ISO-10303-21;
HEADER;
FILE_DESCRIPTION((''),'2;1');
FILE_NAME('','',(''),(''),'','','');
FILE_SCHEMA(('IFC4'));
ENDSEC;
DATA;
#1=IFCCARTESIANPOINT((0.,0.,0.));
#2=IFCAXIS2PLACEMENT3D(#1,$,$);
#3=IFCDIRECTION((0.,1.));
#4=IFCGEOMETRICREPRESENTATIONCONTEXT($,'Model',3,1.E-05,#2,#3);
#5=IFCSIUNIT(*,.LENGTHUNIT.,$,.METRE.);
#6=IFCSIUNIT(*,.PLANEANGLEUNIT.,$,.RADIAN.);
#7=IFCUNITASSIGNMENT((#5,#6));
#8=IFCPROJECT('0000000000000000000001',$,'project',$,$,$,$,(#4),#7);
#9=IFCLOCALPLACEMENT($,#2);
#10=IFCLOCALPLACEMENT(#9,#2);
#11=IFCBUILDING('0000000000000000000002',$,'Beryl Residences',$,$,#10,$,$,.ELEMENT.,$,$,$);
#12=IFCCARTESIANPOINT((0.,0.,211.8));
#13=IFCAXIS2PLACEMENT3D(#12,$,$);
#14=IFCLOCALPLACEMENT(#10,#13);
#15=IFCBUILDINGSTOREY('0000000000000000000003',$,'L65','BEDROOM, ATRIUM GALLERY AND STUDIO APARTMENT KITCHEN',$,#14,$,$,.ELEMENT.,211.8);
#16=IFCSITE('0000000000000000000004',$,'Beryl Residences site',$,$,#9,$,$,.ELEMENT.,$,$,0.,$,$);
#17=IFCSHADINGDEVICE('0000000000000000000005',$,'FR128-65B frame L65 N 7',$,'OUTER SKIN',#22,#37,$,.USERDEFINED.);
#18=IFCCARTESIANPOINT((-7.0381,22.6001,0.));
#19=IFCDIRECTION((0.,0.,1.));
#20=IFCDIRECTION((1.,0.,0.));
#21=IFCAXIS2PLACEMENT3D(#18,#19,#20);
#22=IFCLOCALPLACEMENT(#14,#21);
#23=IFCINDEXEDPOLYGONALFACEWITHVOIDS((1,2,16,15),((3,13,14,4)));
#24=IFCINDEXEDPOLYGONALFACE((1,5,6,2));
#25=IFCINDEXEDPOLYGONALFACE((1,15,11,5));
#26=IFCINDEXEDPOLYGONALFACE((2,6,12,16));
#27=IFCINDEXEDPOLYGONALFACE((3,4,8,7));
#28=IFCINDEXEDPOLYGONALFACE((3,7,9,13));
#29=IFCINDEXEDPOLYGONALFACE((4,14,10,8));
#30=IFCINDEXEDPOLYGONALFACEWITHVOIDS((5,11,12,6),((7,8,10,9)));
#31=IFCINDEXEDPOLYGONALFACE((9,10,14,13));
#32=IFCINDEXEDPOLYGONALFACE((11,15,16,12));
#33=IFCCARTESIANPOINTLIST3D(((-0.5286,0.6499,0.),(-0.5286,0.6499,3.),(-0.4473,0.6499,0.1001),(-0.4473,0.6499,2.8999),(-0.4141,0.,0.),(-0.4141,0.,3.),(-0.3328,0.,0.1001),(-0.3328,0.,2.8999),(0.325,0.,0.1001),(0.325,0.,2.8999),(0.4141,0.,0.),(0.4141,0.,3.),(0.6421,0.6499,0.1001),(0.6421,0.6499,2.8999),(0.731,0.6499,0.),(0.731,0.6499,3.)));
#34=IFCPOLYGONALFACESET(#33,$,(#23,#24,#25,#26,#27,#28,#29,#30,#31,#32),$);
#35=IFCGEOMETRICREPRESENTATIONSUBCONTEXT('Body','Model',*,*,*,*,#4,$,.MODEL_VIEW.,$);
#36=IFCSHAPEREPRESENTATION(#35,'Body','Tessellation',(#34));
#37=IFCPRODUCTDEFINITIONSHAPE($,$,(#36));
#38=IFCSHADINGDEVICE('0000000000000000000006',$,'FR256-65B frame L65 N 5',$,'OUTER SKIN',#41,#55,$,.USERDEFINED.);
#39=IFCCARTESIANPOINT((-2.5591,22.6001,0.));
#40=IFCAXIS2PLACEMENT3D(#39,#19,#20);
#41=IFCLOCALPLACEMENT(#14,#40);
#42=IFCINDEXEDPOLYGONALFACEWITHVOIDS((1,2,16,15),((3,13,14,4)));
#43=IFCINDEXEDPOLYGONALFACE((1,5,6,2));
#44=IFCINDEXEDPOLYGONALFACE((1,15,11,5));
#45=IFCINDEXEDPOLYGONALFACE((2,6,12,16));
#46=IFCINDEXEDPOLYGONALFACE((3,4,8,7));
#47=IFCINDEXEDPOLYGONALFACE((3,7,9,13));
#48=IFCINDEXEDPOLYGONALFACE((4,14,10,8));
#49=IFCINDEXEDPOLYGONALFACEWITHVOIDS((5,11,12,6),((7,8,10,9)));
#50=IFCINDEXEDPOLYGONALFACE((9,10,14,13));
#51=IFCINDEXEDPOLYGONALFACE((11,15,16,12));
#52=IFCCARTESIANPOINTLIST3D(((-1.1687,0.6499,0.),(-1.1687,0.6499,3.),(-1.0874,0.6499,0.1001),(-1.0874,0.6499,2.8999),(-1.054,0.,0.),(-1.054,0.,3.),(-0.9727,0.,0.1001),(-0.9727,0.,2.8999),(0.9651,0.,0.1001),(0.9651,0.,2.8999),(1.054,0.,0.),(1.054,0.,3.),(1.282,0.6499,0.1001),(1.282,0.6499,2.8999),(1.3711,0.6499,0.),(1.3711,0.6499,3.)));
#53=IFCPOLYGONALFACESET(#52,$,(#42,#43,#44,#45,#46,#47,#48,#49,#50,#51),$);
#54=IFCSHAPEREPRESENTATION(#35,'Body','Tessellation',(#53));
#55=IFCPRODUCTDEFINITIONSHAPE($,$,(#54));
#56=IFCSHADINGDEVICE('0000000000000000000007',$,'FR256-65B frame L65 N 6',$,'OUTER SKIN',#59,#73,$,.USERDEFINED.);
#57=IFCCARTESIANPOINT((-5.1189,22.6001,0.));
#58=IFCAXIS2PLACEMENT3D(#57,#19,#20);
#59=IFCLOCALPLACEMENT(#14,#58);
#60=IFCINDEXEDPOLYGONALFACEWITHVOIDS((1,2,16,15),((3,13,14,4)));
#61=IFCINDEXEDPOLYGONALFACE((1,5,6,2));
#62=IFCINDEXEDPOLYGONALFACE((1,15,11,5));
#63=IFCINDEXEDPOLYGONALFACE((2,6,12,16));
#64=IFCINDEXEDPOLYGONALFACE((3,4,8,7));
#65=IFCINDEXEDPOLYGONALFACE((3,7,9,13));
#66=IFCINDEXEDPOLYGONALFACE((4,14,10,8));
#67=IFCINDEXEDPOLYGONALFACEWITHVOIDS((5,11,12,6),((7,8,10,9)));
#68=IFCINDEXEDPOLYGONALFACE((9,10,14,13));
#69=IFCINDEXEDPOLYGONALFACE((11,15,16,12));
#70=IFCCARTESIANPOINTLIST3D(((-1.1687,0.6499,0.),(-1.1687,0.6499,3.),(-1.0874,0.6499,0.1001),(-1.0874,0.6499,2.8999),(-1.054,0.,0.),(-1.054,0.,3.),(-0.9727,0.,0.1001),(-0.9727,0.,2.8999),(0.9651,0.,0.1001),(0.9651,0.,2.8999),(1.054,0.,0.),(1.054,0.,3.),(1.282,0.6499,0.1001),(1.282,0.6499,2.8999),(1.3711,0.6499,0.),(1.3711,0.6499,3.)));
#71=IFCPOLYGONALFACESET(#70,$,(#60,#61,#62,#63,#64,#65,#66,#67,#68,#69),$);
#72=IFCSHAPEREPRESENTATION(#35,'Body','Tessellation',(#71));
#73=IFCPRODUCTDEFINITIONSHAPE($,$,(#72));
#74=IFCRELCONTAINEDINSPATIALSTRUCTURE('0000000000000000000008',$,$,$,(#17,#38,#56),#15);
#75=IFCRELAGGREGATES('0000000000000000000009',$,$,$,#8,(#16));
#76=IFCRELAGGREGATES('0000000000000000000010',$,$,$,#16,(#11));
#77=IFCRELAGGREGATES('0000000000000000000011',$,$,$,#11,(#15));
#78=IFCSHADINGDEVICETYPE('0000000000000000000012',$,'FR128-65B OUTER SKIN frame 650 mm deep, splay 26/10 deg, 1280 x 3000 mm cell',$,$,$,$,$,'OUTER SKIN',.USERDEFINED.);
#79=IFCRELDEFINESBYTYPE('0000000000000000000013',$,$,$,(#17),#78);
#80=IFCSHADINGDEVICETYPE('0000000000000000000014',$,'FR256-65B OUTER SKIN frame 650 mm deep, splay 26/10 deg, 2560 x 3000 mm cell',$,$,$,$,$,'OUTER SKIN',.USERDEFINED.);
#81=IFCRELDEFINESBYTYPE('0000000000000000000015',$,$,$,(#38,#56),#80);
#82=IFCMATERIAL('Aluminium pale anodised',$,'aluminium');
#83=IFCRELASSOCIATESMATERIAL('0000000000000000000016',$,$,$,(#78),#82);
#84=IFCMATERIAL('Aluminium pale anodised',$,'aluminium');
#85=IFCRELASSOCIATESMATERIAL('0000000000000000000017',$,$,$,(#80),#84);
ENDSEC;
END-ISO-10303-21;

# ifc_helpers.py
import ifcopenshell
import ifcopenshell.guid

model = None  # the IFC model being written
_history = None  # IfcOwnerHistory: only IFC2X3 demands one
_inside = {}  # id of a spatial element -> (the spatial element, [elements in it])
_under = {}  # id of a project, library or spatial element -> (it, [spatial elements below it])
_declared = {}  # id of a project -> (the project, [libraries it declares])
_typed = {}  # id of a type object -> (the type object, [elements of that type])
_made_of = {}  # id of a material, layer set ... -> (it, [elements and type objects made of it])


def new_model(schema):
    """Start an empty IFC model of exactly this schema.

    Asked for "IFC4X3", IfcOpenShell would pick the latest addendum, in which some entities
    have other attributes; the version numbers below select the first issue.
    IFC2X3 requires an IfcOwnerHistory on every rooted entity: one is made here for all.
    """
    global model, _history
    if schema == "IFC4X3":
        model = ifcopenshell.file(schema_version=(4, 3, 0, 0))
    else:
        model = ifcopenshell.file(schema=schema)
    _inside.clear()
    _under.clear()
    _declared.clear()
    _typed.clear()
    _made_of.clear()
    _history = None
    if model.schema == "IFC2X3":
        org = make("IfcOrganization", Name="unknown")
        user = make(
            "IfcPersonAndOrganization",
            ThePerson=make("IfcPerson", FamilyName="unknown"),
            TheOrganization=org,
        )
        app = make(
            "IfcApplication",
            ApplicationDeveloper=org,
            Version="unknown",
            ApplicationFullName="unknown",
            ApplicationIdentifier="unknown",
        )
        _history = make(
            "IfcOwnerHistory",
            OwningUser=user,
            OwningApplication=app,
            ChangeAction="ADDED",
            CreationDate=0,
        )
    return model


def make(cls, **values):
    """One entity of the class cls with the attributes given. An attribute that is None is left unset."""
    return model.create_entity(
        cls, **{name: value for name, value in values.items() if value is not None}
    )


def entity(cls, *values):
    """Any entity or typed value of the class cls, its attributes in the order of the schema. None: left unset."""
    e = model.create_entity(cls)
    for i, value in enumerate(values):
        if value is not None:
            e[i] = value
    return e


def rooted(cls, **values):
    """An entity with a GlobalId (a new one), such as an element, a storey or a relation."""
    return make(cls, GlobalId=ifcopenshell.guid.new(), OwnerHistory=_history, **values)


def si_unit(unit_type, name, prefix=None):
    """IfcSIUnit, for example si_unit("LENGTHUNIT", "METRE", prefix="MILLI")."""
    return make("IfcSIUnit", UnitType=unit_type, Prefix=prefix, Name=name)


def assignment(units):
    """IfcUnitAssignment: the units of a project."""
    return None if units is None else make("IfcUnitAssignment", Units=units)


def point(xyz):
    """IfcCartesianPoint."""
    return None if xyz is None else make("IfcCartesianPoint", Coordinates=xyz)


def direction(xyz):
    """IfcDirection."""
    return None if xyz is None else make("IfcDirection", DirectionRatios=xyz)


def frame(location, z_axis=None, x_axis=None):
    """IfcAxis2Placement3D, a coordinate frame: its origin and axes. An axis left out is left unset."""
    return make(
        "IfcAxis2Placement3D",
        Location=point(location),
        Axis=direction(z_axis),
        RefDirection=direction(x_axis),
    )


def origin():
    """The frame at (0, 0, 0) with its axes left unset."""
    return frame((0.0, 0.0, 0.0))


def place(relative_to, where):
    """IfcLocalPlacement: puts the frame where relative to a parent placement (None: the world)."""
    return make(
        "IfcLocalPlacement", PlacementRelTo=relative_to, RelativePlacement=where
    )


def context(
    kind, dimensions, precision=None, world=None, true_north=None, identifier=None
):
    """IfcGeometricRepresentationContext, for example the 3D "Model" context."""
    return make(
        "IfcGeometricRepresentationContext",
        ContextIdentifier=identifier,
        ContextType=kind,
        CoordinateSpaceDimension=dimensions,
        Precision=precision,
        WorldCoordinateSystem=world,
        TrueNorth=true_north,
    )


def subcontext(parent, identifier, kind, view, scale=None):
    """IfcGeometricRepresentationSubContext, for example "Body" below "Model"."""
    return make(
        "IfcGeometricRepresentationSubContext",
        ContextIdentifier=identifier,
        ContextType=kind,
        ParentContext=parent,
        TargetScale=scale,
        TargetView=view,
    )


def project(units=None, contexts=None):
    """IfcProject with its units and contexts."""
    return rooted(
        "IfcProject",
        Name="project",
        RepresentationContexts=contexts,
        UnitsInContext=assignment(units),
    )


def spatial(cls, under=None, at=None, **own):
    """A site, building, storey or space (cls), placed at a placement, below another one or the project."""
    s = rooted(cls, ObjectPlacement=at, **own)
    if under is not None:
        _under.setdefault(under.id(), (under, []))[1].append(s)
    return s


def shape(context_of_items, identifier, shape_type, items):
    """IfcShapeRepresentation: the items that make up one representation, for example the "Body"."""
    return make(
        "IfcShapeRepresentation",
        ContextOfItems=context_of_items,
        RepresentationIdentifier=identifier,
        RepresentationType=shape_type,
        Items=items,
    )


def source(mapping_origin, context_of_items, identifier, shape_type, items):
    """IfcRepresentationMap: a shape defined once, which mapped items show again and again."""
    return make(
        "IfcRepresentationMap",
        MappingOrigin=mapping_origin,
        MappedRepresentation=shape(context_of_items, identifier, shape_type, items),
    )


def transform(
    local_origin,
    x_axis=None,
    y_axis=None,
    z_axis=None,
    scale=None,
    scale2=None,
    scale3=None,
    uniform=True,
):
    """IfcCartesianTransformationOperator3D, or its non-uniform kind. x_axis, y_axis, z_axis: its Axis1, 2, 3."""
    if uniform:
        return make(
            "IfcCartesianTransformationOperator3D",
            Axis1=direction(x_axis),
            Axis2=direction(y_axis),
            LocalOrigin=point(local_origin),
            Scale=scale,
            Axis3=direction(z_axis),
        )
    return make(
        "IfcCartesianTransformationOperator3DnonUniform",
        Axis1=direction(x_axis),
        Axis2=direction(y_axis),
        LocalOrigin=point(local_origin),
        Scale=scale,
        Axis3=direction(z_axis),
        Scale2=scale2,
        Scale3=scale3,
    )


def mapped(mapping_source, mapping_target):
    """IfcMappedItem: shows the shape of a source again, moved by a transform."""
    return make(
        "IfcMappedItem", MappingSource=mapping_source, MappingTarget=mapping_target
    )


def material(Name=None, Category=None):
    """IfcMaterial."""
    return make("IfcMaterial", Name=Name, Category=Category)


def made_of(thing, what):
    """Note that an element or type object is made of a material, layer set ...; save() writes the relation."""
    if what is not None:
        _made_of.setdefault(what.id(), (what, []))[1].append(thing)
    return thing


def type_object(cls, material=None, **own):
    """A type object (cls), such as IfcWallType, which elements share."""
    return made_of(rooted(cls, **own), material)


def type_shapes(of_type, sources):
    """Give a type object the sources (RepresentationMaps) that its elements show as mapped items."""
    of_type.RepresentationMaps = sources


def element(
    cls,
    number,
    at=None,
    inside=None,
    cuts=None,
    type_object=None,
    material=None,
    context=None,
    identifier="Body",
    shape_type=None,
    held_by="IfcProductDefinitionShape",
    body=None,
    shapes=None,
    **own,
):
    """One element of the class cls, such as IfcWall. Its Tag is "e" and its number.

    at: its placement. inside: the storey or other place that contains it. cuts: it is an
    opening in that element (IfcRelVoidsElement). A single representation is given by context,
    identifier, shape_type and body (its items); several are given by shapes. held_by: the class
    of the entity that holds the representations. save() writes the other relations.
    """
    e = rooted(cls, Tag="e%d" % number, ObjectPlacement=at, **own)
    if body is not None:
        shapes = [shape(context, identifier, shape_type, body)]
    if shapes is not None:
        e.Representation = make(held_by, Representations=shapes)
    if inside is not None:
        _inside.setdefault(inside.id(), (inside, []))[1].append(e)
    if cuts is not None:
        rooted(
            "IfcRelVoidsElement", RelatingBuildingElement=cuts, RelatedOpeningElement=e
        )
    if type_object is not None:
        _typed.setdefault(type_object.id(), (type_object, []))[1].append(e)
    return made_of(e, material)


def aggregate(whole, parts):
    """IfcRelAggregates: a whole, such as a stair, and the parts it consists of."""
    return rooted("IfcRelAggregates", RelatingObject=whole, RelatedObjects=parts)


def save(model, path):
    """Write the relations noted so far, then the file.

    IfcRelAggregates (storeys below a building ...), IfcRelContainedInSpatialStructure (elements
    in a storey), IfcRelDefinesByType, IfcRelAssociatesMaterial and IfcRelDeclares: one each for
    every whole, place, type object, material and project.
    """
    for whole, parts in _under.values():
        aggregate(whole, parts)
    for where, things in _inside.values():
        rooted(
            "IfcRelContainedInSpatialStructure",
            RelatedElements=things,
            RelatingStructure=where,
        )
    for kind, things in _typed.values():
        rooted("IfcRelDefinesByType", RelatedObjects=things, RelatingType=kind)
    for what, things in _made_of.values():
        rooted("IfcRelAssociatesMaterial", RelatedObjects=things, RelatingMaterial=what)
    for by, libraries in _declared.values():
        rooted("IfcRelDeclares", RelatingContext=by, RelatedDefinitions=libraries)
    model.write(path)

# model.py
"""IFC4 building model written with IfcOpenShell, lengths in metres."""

from ifc_helpers import new_model, entity, si_unit, direction, frame, origin, place, context, subcontext, project, spatial, source, transform, mapped, material, type_object, type_shapes, element, save


model = new_model("IFC4")

# Units and contexts
model_context = context("Model", 3, precision=1e-05, world=origin(), true_north=direction((0.0, 1.0)))
body_context = subcontext(model_context, "Body", "Model", "MODEL_VIEW")
ifc_project = project(units=[si_unit("LENGTHUNIT", "METRE"), si_unit("PLANEANGLEUNIT", "RADIAN")], contexts=[model_context])

# Site, building, storey
site_placement = place(None, origin())
site = spatial("IfcSite", under=ifc_project, at=site_placement, Name="Beryl Residences site", CompositionType="ELEMENT", RefElevation=0.0)
building_placement = place(site_placement, origin())
building = spatial("IfcBuilding", under=site, at=building_placement, Name="Beryl Residences", CompositionType="ELEMENT")
storey_placement = place(building_placement, frame((0.0, 0.0, 211.8)))
storey = spatial("IfcBuildingStorey", under=building, at=storey_placement, Name="L65", Description="BEDROOM, ATRIUM GALLERY AND STUDIO APARTMENT KITCHEN", CompositionType="ELEMENT", Elevation=211.8)

# Shading devices
ifc_material_1 = material(Name="Aluminium pale anodised", Category="aluminium")
shading_device_type_1 = type_object("IfcShadingDeviceType", Name="FR128-65B OUTER SKIN frame 650 mm deep, splay 26/10 deg, 1280 x 3000 mm cell", ElementType="OUTER SKIN", PredefinedType="USERDEFINED", material=ifc_material_1)
cartesian_point_1 = entity("IfcCartesianPoint", [-0.4141, 0.0])
cartesian_point_2 = entity("IfcCartesianPoint", [-0.325, 0.1001])
cartesian_point_3 = entity("IfcCartesianPoint", [-0.731, 0.0])
cartesian_point_4 = entity("IfcCartesianPoint", [-0.6421, 0.1001])
shared_shape_1 = source(origin(), body_context, "Body", "SweptSolid", [
    entity("IfcExtrudedAreaSolidTapered", entity("IfcArbitraryProfileDefWithVoids", "AREA", None, entity("IfcPolyline", [cartesian_point_1, entity("IfcCartesianPoint", [0.4141, 0.0]), entity("IfcCartesianPoint", [0.4141, 3.0]), entity("IfcCartesianPoint", [-0.4141, 3.0]), cartesian_point_1]), [entity("IfcPolyline", [cartesian_point_2, entity("IfcCartesianPoint", [0.3328, 0.1001]), entity("IfcCartesianPoint", [0.3328, 2.8999]), entity("IfcCartesianPoint", [-0.325, 2.8999]), cartesian_point_2])]), entity("IfcAxis2Placement3D", entity("IfcCartesianPoint", [0.0, 0.0, 0.0]), entity("IfcDirection", [0.0, 1.0, 0.0]), entity("IfcDirection", [-1.0, 0.0, 0.0])), entity("IfcDirection", [0.0, 0.0, 1.0]), 0.6499, entity("IfcArbitraryProfileDefWithVoids", "AREA", None, entity("IfcPolyline", [cartesian_point_3, entity("IfcCartesianPoint", [0.5286, 0.0]), entity("IfcCartesianPoint", [0.5286, 3.0]), entity("IfcCartesianPoint", [-0.731, 3.0]), cartesian_point_3]), [entity("IfcPolyline", [cartesian_point_4, entity("IfcCartesianPoint", [0.4473, 0.1001]), entity("IfcCartesianPoint", [0.4473, 2.8999]), entity("IfcCartesianPoint", [-0.6421, 2.8999]), cartesian_point_4])])),
])
type_shapes(shading_device_type_1, [shared_shape_1])
shading_device_placement = place(storey_placement, frame((-7.0381, 22.6001, 0.0), z_axis=(0.0, 0.0, 1.0), x_axis=(1.0, 0.0, 0.0)))
element("IfcShadingDevice", 1, at=shading_device_placement, inside=storey, type_object=shading_device_type_1, Name="FR128-65B frame L65 N 7", ObjectType="OUTER SKIN", PredefinedType="USERDEFINED", context=body_context, shape_type="MappedRepresentation", body=[
    mapped(shared_shape_1, transform((0.0, 0.0, 0.0))),
])
ifc_material_2 = material(Name="Aluminium pale anodised", Category="aluminium")
shading_device_type_2 = type_object("IfcShadingDeviceType", Name="FR256-65B OUTER SKIN frame 650 mm deep, splay 26/10 deg, 2560 x 3000 mm cell", ElementType="OUTER SKIN", PredefinedType="USERDEFINED", material=ifc_material_2)
cartesian_point_5 = entity("IfcCartesianPoint", [-1.054, 0.0])
cartesian_point_6 = entity("IfcCartesianPoint", [-0.9651, 0.1001])
cartesian_point_7 = entity("IfcCartesianPoint", [-1.3711, 0.0])
cartesian_point_8 = entity("IfcCartesianPoint", [-1.282, 0.1001])
shared_shape_2 = source(origin(), body_context, "Body", "SweptSolid", [
    entity("IfcExtrudedAreaSolidTapered", entity("IfcArbitraryProfileDefWithVoids", "AREA", None, entity("IfcPolyline", [cartesian_point_5, entity("IfcCartesianPoint", [1.054, 0.0]), entity("IfcCartesianPoint", [1.054, 3.0]), entity("IfcCartesianPoint", [-1.054, 3.0]), cartesian_point_5]), [entity("IfcPolyline", [cartesian_point_6, entity("IfcCartesianPoint", [0.9727, 0.1001]), entity("IfcCartesianPoint", [0.9727, 2.8999]), entity("IfcCartesianPoint", [-0.9651, 2.8999]), cartesian_point_6])]), entity("IfcAxis2Placement3D", entity("IfcCartesianPoint", [0.0, 0.0, 0.0]), entity("IfcDirection", [0.0, 1.0, 0.0]), entity("IfcDirection", [-1.0, 0.0, 0.0])), entity("IfcDirection", [0.0, 0.0, 1.0]), 0.6499, entity("IfcArbitraryProfileDefWithVoids", "AREA", None, entity("IfcPolyline", [cartesian_point_7, entity("IfcCartesianPoint", [1.1687, 0.0]), entity("IfcCartesianPoint", [1.1687, 3.0]), entity("IfcCartesianPoint", [-1.3711, 3.0]), cartesian_point_7]), [entity("IfcPolyline", [cartesian_point_8, entity("IfcCartesianPoint", [1.0874, 0.1001]), entity("IfcCartesianPoint", [1.0874, 2.8999]), entity("IfcCartesianPoint", [-1.282, 2.8999]), cartesian_point_8])])),
])
type_shapes(shading_device_type_2, [shared_shape_2])
for number, where, z_axis, x_axis, name in (
    (2, (-2.5591, 22.6001, 0.0), (0.0, 0.0, 1.0), (1.0, 0.0, 0.0), "FR256-65B frame L65 N 5"),
    (3, (-5.1189, 22.6001, 0.0), (0.0, 0.0, 1.0), (1.0, 0.0, 0.0), "FR256-65B frame L65 N 6"),
):
    element("IfcShadingDevice", number, at=place(storey_placement, frame(where, z_axis=z_axis, x_axis=x_axis)), inside=storey, type_object=shading_device_type_2, Name=name, ObjectType="OUTER SKIN", PredefinedType="USERDEFINED", context=body_context, shape_type="MappedRepresentation", body=[
        mapped(shared_shape_2, transform((0.0, 0.0, 0.0))),
    ])

save(model, "model.ifc")
